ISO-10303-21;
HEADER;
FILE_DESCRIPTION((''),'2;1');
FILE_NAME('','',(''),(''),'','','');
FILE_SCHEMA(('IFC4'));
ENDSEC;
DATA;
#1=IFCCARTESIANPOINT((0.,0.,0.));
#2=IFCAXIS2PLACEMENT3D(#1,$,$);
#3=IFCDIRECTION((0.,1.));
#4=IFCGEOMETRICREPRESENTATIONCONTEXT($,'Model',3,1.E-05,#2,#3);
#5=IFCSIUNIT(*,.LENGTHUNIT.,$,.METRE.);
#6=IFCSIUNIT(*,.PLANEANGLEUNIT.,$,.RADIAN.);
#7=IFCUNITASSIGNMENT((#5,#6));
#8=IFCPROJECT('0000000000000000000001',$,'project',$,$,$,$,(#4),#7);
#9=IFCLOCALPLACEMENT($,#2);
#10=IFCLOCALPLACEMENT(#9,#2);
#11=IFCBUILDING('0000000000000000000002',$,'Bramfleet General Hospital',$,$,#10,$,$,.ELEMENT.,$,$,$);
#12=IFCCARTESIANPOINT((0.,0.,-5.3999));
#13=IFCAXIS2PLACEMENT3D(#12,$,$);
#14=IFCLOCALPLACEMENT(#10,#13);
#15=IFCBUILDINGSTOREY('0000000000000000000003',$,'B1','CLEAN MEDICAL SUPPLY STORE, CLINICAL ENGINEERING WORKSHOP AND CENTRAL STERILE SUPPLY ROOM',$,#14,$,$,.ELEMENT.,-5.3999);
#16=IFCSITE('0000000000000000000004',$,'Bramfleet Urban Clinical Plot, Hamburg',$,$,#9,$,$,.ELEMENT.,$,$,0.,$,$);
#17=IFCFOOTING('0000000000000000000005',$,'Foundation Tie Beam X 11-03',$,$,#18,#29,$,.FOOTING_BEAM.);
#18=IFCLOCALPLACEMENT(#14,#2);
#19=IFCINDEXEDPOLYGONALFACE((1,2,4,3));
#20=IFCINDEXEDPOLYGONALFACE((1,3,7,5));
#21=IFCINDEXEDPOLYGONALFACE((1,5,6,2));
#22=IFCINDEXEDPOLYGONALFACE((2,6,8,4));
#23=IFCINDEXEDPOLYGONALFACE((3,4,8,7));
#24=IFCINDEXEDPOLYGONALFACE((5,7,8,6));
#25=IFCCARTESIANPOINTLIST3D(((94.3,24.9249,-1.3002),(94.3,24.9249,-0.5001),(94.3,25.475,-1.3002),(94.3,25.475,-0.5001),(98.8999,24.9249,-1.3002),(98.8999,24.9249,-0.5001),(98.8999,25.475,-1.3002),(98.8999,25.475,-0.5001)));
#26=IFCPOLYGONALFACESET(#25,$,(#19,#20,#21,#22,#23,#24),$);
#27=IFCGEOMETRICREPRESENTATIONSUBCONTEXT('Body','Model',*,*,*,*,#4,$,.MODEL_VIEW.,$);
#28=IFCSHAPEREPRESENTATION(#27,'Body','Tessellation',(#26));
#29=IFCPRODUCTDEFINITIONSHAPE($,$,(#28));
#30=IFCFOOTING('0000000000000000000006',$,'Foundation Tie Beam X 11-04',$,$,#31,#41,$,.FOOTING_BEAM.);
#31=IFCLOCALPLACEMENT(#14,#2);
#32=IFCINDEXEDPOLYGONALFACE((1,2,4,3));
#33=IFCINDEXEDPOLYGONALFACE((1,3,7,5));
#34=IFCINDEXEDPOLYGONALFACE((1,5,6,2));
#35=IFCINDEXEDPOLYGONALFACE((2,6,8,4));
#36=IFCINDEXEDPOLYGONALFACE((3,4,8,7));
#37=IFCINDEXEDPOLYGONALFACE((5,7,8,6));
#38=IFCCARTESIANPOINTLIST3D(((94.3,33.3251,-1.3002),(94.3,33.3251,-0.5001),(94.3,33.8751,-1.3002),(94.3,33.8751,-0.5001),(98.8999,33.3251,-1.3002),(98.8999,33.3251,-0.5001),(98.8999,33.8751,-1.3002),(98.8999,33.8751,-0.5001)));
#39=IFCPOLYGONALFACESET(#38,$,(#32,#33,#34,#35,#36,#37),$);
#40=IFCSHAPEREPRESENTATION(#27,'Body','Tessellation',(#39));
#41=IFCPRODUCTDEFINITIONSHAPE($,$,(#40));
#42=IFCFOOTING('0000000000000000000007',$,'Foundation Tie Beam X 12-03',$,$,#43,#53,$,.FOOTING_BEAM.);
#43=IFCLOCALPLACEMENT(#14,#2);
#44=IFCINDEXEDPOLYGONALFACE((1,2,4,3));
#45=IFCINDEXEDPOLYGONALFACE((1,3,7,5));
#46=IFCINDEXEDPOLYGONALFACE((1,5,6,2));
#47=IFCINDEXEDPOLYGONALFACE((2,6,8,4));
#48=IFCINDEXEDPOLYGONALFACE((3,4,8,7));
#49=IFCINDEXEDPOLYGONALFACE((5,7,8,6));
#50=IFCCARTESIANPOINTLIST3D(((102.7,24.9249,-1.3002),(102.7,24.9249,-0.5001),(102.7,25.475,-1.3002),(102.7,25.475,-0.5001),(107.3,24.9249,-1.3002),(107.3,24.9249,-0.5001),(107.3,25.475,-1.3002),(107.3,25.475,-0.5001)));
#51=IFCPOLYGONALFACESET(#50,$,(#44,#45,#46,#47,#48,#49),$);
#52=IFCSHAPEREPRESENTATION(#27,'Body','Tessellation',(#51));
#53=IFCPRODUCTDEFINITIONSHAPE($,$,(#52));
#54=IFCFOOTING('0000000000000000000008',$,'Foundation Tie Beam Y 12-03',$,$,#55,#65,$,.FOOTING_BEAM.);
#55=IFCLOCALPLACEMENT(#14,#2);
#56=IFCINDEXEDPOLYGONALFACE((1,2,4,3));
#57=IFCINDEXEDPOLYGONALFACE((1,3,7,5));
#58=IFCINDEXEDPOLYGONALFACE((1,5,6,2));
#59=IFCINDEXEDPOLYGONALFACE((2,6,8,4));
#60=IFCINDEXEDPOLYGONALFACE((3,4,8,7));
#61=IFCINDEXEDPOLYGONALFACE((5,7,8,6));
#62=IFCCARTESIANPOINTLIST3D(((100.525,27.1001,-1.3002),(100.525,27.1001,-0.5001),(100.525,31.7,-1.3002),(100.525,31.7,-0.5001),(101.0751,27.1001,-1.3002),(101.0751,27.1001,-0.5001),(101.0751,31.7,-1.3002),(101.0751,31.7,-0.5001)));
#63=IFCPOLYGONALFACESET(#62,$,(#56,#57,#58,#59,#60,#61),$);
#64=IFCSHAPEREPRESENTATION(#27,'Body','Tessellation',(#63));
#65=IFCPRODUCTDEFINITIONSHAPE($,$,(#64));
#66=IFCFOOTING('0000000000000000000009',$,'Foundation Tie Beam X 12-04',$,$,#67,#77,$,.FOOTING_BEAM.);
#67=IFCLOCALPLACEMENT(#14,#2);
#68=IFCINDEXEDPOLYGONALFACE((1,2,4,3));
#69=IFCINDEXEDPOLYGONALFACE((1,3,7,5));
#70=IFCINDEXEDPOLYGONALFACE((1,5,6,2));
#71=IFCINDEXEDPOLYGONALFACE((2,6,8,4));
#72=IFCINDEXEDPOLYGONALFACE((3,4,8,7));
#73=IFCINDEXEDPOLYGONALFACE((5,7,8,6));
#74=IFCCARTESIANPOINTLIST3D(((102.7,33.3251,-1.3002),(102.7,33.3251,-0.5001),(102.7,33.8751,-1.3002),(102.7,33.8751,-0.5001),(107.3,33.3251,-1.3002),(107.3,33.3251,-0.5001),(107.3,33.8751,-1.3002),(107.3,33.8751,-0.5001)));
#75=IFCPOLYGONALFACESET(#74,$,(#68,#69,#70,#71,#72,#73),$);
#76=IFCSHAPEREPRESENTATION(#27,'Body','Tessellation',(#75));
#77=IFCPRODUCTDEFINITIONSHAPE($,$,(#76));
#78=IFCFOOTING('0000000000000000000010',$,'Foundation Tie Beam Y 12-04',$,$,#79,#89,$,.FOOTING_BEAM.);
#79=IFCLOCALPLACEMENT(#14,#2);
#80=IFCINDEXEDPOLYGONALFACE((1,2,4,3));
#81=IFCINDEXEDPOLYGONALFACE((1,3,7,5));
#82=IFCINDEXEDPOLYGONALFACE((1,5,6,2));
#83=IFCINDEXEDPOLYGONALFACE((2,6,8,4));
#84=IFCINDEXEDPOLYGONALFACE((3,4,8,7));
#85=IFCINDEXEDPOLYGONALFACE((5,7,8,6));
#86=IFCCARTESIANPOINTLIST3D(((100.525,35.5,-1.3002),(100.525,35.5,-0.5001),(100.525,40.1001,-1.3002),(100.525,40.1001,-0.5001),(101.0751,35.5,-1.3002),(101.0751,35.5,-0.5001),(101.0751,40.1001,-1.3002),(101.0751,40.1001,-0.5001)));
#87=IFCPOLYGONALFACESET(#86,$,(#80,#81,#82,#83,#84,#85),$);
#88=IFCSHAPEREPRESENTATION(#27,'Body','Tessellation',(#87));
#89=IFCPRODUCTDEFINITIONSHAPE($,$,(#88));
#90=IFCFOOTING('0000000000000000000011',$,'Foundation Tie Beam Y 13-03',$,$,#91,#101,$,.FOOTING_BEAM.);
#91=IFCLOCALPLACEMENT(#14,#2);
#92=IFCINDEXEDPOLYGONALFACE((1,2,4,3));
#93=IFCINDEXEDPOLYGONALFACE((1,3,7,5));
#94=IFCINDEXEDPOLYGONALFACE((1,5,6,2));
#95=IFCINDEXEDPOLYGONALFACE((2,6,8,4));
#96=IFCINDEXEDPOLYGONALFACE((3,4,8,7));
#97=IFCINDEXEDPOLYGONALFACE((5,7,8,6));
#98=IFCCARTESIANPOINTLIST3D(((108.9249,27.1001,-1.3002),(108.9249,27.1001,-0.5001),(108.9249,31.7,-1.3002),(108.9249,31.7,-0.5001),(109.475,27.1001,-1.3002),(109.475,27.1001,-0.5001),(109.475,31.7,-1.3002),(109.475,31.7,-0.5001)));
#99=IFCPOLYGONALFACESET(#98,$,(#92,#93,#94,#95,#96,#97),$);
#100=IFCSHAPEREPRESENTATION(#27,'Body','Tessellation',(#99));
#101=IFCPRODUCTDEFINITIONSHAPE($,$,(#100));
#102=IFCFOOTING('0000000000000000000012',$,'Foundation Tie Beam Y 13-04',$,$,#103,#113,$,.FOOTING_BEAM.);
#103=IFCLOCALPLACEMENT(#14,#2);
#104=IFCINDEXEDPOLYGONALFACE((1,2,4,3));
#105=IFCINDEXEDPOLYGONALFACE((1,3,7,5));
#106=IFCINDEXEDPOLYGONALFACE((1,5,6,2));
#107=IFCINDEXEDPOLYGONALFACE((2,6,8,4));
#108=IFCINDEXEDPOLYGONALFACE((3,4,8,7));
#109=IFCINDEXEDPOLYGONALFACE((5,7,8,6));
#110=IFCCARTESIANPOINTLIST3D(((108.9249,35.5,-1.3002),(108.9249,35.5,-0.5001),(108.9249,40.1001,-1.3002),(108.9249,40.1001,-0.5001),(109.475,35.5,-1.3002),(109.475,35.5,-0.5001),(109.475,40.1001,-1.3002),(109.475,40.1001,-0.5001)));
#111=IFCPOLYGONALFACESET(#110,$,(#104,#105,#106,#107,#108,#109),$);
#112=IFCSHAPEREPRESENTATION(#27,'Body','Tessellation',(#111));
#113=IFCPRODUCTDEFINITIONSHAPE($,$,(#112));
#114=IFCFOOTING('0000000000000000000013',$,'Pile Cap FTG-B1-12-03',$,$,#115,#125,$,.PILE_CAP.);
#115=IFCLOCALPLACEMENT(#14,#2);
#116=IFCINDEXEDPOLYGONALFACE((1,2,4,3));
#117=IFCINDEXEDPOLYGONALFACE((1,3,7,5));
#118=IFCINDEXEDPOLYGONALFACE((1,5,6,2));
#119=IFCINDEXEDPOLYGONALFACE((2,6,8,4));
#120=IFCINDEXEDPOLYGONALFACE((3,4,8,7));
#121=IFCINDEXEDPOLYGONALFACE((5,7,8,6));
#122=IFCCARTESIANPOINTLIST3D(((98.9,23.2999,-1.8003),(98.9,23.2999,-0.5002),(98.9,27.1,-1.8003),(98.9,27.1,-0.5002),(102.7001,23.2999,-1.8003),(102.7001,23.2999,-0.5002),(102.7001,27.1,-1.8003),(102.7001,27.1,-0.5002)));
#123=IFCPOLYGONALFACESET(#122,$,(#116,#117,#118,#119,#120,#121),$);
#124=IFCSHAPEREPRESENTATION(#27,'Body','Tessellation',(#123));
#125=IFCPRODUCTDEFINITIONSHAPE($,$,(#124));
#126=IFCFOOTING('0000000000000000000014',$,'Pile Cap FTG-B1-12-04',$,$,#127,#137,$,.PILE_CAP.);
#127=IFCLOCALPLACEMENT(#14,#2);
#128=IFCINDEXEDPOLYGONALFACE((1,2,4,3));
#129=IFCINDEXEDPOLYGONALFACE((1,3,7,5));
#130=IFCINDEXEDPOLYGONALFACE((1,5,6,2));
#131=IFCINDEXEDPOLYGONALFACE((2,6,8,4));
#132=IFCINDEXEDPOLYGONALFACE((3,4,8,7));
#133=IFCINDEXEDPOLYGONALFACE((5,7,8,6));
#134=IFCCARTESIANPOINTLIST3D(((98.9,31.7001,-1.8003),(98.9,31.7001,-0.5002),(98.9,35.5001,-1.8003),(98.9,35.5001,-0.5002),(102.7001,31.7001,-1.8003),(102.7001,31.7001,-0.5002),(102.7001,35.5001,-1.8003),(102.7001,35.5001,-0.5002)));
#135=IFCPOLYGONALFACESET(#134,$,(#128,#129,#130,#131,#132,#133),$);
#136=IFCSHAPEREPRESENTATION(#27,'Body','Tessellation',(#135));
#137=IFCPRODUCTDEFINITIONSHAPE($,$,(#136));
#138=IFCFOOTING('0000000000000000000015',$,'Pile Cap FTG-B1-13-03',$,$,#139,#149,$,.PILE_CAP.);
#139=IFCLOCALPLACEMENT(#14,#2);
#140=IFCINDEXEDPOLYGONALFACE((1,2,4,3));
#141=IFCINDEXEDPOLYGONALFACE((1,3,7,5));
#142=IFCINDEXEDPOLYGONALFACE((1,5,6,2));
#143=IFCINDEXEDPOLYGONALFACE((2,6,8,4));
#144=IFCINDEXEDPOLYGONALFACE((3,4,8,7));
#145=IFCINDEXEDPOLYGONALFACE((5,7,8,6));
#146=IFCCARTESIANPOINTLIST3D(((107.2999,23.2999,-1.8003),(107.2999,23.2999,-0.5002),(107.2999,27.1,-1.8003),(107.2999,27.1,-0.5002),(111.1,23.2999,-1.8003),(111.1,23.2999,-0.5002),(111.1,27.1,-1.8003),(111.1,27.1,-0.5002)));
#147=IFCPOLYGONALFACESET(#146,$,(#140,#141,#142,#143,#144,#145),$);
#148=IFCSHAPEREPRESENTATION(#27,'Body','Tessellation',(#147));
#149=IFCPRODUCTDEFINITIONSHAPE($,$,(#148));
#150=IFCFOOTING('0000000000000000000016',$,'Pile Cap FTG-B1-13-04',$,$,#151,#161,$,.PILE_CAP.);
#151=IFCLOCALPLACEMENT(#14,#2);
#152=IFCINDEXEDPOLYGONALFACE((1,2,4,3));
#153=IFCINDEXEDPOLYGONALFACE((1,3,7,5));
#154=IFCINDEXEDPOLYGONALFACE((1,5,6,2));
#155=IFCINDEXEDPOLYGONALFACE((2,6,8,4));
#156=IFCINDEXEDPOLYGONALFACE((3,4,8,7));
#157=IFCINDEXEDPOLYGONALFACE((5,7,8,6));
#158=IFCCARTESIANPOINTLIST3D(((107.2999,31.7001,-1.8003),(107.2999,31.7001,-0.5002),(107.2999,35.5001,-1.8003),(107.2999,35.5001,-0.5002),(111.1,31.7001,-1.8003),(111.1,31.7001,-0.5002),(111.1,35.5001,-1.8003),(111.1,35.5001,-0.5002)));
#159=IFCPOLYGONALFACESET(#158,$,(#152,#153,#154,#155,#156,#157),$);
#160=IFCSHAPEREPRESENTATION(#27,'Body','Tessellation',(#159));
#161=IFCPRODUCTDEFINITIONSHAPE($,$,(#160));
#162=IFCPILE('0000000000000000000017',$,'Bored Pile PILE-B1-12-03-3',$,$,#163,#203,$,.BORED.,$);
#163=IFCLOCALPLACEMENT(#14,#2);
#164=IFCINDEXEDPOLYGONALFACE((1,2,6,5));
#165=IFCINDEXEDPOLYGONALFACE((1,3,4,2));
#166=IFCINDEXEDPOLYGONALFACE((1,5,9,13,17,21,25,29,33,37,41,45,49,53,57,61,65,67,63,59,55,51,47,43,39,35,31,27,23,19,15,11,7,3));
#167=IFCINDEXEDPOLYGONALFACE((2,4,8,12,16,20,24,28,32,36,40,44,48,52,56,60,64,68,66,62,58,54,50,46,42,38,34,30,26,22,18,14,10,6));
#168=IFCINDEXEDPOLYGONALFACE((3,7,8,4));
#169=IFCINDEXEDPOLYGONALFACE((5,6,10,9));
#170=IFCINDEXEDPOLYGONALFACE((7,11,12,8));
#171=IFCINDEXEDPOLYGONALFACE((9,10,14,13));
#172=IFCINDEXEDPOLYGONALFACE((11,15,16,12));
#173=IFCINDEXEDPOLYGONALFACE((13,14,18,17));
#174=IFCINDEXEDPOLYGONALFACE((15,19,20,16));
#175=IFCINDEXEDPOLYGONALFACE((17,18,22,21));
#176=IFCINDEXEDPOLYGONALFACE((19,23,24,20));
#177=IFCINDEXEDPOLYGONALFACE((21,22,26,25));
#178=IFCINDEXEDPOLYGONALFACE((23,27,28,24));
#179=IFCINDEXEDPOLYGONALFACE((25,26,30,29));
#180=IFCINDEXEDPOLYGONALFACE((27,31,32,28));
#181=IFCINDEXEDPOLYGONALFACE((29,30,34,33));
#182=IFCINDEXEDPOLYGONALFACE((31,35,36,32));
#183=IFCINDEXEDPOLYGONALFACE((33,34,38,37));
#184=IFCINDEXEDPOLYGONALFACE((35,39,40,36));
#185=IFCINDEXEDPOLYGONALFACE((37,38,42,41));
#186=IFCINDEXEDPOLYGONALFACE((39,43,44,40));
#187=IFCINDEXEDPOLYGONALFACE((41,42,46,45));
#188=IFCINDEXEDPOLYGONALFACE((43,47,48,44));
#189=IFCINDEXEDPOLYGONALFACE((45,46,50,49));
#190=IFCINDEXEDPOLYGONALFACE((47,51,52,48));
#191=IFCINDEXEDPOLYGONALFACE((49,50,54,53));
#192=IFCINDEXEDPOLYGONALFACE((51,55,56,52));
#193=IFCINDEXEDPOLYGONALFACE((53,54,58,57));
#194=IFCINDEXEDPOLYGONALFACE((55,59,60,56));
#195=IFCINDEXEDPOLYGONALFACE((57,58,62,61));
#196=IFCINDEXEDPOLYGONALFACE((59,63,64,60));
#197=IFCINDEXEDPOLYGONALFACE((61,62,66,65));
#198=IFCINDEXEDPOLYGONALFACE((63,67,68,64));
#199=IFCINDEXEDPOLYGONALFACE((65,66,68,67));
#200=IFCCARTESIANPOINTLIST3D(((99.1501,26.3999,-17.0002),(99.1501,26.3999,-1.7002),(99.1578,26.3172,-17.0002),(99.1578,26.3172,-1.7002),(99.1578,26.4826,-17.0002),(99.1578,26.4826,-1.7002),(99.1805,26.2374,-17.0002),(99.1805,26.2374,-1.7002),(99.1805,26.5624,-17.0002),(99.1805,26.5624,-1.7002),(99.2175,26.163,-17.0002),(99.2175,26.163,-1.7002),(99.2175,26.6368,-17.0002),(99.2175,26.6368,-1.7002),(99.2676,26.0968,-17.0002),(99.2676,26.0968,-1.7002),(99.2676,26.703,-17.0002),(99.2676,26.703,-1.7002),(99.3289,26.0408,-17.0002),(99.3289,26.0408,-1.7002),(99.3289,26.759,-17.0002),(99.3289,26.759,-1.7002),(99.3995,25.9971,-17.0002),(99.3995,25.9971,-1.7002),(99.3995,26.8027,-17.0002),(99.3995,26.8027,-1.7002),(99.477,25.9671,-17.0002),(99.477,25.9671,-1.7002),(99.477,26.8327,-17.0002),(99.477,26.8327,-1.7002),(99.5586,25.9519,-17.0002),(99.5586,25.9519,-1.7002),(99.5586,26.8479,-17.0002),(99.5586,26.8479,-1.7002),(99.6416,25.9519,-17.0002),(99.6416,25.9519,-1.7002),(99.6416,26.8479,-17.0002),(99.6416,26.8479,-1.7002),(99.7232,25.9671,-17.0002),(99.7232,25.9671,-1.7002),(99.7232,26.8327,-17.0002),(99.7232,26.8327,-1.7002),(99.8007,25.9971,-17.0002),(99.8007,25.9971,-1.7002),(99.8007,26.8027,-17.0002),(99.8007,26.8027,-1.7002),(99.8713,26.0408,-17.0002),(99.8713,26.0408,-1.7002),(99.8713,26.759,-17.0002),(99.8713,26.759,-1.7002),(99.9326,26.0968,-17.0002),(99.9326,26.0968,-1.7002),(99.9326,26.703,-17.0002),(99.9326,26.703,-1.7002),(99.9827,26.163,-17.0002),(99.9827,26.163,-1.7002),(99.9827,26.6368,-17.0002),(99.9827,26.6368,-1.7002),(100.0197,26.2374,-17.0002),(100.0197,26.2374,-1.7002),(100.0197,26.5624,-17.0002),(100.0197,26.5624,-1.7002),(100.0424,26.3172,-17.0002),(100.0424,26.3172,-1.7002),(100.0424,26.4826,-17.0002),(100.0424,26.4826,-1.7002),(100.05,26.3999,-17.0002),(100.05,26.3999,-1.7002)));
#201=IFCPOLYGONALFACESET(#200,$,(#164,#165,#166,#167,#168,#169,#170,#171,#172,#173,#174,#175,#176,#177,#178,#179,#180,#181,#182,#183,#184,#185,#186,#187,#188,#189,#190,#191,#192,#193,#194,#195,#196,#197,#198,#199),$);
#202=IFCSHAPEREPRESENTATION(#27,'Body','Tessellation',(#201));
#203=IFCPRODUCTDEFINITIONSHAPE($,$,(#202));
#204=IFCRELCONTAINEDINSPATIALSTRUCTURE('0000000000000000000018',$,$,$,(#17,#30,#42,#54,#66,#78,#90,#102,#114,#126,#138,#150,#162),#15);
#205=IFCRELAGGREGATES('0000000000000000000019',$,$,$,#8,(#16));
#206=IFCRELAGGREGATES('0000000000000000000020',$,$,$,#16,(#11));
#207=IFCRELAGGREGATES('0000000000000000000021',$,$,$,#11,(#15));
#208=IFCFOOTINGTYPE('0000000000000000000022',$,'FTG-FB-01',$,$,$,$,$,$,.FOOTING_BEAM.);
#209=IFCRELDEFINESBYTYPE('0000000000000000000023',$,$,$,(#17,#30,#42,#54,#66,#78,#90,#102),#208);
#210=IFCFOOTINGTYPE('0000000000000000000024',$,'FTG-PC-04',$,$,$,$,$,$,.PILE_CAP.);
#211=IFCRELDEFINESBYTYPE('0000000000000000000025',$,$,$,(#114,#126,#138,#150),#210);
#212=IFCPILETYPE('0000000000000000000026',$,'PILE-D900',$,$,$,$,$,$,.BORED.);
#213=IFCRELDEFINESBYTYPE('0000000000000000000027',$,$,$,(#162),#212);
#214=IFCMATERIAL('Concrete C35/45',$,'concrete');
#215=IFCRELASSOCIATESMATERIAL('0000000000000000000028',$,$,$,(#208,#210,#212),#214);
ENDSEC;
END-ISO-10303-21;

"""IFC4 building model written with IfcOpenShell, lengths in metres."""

from ifc_helpers import new_model, si_unit, direction, frame, origin, origin_2d, place, context, subcontext, project, spatial, rectangle, circle, extrude, material, material_profile, profile_set, type_object, element, save


model = new_model("IFC4")

# Units and contexts
model_context = context("Model", 3, precision=1e-05, world=origin(), true_north=direction((0.0, 1.0)))
body_context = subcontext(model_context, "Body", "Model", "MODEL_VIEW")
ifc_project = project(units=[si_unit("LENGTHUNIT", "METRE"), si_unit("PLANEANGLEUNIT", "RADIAN")], contexts=[model_context])

# Site, building, storey
site_placement = place(None, origin())
site = spatial("IfcSite", under=ifc_project, at=site_placement, Name="Bramfleet Urban Clinical Plot, Hamburg", CompositionType="ELEMENT", RefElevation=0.0)
building_placement = place(site_placement, origin())
building = spatial("IfcBuilding", under=site, at=building_placement, Name="Bramfleet General Hospital", CompositionType="ELEMENT")
storey_placement = place(building_placement, frame((0.0, 0.0, -5.3999)))
storey = spatial("IfcBuildingStorey", under=building, at=storey_placement, Name="B1", Description="CLEAN MEDICAL SUPPLY STORE, CLINICAL ENGINEERING WORKSHOP AND CENTRAL STERILE SUPPLY ROOM", CompositionType="ELEMENT", Elevation=-5.3999)

# Footings
ifc_material_1 = material(Name="Concrete C35/45", Category="concrete")
ifc_material_profile_1 = material_profile(ifc_material_1, rectangle(XDim=0.55, YDim=0.8, at=origin_2d()), Name="RC FB 800x550")
ifc_profile_set_1 = profile_set([ifc_material_profile_1], Name="Concrete C35/45")
footing_type_1 = type_object("IfcFootingType", Name="FTG-FB-01", PredefinedType="FOOTING_BEAM", material=ifc_profile_set_1)
for number, where, z_axis, x_axis, name in (
    (1, (94.3, 25.2, -0.9001), (1.0, 0.0, 0.0), (0.0, 1.0, 0.0), "Foundation Tie Beam X 11-03"),
    (2, (94.3, 33.6001, -0.9001), (1.0, 0.0, 0.0), (0.0, 1.0, 0.0), "Foundation Tie Beam X 11-04"),
):
    element("IfcFooting", number, at=place(storey_placement, frame(where, z_axis=z_axis, x_axis=x_axis)), inside=storey, type_object=footing_type_1, Name=name, PredefinedType="FOOTING_BEAM", context=body_context, shape_type="SweptSolid", body=[
        extrude(rectangle(XDim=0.55, YDim=0.8, at=origin_2d()), origin(), (0.0, 0.0, 1.0), 4.5999),
    ])
footing_1_placement = place(storey_placement, frame((102.7, 25.2, -0.9001), z_axis=(1.0, 0.0, 0.0), x_axis=(0.0, 1.0, 0.0)))
element("IfcFooting", 3, at=footing_1_placement, inside=storey, type_object=footing_type_1, Name="Foundation Tie Beam X 12-03", PredefinedType="FOOTING_BEAM", context=body_context, shape_type="SweptSolid", body=[
    extrude(rectangle(XDim=0.55, YDim=0.8, at=origin_2d()), origin(), (0.0, 0.0, 1.0), 4.6001),
])
footing_2_placement = place(storey_placement, frame((100.8, 27.1001, -0.9001), z_axis=(0.0, 1.0, 0.0), x_axis=(-1.0, 0.0, 0.0)))
element("IfcFooting", 4, at=footing_2_placement, inside=storey, type_object=footing_type_1, Name="Foundation Tie Beam Y 12-03", PredefinedType="FOOTING_BEAM", context=body_context, shape_type="SweptSolid", body=[
    extrude(rectangle(XDim=0.55, YDim=0.8, at=origin_2d()), origin(), (0.0, 0.0, 1.0), 4.5999),
])
for number, where, z_axis, x_axis, name in (
    (5, (102.7, 33.6001, -0.9001), (1.0, 0.0, 0.0), (0.0, 1.0, 0.0), "Foundation Tie Beam X 12-04"),
    (6, (100.8, 35.5, -0.9001), (0.0, 1.0, 0.0), (-1.0, 0.0, 0.0), "Foundation Tie Beam Y 12-04"),
):
    element("IfcFooting", number, at=place(storey_placement, frame(where, z_axis=z_axis, x_axis=x_axis)), inside=storey, type_object=footing_type_1, Name=name, PredefinedType="FOOTING_BEAM", context=body_context, shape_type="SweptSolid", body=[
        extrude(rectangle(XDim=0.55, YDim=0.8, at=origin_2d()), origin(), (0.0, 0.0, 1.0), 4.6001),
    ])
footing_3_placement = place(storey_placement, frame((109.2, 27.1001, -0.9001), z_axis=(0.0, 1.0, 0.0), x_axis=(-1.0, 0.0, 0.0)))
element("IfcFooting", 7, at=footing_3_placement, inside=storey, type_object=footing_type_1, Name="Foundation Tie Beam Y 13-03", PredefinedType="FOOTING_BEAM", context=body_context, shape_type="SweptSolid", body=[
    extrude(rectangle(XDim=0.55, YDim=0.8, at=origin_2d()), origin(), (0.0, 0.0, 1.0), 4.5999),
])
footing_4_placement = place(storey_placement, frame((109.2, 35.5, -0.9001), z_axis=(0.0, 1.0, 0.0), x_axis=(-1.0, 0.0, 0.0)))
element("IfcFooting", 8, at=footing_4_placement, inside=storey, type_object=footing_type_1, Name="Foundation Tie Beam Y 13-04", PredefinedType="FOOTING_BEAM", context=body_context, shape_type="SweptSolid", body=[
    extrude(rectangle(XDim=0.55, YDim=0.8, at=origin_2d()), origin(), (0.0, 0.0, 1.0), 4.6001),
])
footing_type_2 = type_object("IfcFootingType", Name="FTG-PC-04", PredefinedType="PILE_CAP", material=ifc_material_1)
for number, where, z_axis, x_axis, name in (
    (9, (100.8, 25.2, -1.8003), (0.0, 0.0, 1.0), (1.0, 0.0, 0.0), "Pile Cap FTG-B1-12-03"),
    (10, (100.8, 33.6001, -1.8003), (0.0, 0.0, 1.0), (1.0, 0.0, 0.0), "Pile Cap FTG-B1-12-04"),
    (11, (109.2, 25.2, -1.8003), (0.0, 0.0, 1.0), (1.0, 0.0, 0.0), "Pile Cap FTG-B1-13-03"),
    (12, (109.2, 33.6001, -1.8003), (0.0, 0.0, 1.0), (1.0, 0.0, 0.0), "Pile Cap FTG-B1-13-04"),
):
    element("IfcFooting", number, at=place(storey_placement, frame(where, z_axis=z_axis, x_axis=x_axis)), inside=storey, type_object=footing_type_2, Name=name, PredefinedType="PILE_CAP", context=body_context, shape_type="SweptSolid", body=[
        extrude(rectangle(XDim=3.8, YDim=3.8, at=origin_2d()), origin(), (0.0, 0.0, 1.0), 1.3),
    ])

# Pile
ifc_material_profile_2 = material_profile(ifc_material_1, circle(Radius=0.45, at=origin_2d()), Name="PILE BORED D900")
ifc_profile_set_2 = profile_set([ifc_material_profile_2], Name="Concrete C35/45")
pile_type = type_object("IfcPileType", Name="PILE-D900", PredefinedType="BORED", material=ifc_profile_set_2)
for number, where, z_axis, x_axis, name in (
    (13, (99.6001, 26.3999, -1.7002), (0.0, 0.0, -1.0), (1.0, 0.0, 0.0), "Bored Pile PILE-B1-12-03-3"),
):
    element("IfcPile", number, at=place(storey_placement, frame(where, z_axis=z_axis, x_axis=x_axis)), inside=storey, type_object=pile_type, Name=name, PredefinedType="BORED", context=body_context, shape_type="SweptSolid", body=[
        extrude(circle(Radius=0.45, at=origin_2d()), origin(), (0.0, 0.0, 1.0), 15.3),
    ])

save(model, "model.ifc")
